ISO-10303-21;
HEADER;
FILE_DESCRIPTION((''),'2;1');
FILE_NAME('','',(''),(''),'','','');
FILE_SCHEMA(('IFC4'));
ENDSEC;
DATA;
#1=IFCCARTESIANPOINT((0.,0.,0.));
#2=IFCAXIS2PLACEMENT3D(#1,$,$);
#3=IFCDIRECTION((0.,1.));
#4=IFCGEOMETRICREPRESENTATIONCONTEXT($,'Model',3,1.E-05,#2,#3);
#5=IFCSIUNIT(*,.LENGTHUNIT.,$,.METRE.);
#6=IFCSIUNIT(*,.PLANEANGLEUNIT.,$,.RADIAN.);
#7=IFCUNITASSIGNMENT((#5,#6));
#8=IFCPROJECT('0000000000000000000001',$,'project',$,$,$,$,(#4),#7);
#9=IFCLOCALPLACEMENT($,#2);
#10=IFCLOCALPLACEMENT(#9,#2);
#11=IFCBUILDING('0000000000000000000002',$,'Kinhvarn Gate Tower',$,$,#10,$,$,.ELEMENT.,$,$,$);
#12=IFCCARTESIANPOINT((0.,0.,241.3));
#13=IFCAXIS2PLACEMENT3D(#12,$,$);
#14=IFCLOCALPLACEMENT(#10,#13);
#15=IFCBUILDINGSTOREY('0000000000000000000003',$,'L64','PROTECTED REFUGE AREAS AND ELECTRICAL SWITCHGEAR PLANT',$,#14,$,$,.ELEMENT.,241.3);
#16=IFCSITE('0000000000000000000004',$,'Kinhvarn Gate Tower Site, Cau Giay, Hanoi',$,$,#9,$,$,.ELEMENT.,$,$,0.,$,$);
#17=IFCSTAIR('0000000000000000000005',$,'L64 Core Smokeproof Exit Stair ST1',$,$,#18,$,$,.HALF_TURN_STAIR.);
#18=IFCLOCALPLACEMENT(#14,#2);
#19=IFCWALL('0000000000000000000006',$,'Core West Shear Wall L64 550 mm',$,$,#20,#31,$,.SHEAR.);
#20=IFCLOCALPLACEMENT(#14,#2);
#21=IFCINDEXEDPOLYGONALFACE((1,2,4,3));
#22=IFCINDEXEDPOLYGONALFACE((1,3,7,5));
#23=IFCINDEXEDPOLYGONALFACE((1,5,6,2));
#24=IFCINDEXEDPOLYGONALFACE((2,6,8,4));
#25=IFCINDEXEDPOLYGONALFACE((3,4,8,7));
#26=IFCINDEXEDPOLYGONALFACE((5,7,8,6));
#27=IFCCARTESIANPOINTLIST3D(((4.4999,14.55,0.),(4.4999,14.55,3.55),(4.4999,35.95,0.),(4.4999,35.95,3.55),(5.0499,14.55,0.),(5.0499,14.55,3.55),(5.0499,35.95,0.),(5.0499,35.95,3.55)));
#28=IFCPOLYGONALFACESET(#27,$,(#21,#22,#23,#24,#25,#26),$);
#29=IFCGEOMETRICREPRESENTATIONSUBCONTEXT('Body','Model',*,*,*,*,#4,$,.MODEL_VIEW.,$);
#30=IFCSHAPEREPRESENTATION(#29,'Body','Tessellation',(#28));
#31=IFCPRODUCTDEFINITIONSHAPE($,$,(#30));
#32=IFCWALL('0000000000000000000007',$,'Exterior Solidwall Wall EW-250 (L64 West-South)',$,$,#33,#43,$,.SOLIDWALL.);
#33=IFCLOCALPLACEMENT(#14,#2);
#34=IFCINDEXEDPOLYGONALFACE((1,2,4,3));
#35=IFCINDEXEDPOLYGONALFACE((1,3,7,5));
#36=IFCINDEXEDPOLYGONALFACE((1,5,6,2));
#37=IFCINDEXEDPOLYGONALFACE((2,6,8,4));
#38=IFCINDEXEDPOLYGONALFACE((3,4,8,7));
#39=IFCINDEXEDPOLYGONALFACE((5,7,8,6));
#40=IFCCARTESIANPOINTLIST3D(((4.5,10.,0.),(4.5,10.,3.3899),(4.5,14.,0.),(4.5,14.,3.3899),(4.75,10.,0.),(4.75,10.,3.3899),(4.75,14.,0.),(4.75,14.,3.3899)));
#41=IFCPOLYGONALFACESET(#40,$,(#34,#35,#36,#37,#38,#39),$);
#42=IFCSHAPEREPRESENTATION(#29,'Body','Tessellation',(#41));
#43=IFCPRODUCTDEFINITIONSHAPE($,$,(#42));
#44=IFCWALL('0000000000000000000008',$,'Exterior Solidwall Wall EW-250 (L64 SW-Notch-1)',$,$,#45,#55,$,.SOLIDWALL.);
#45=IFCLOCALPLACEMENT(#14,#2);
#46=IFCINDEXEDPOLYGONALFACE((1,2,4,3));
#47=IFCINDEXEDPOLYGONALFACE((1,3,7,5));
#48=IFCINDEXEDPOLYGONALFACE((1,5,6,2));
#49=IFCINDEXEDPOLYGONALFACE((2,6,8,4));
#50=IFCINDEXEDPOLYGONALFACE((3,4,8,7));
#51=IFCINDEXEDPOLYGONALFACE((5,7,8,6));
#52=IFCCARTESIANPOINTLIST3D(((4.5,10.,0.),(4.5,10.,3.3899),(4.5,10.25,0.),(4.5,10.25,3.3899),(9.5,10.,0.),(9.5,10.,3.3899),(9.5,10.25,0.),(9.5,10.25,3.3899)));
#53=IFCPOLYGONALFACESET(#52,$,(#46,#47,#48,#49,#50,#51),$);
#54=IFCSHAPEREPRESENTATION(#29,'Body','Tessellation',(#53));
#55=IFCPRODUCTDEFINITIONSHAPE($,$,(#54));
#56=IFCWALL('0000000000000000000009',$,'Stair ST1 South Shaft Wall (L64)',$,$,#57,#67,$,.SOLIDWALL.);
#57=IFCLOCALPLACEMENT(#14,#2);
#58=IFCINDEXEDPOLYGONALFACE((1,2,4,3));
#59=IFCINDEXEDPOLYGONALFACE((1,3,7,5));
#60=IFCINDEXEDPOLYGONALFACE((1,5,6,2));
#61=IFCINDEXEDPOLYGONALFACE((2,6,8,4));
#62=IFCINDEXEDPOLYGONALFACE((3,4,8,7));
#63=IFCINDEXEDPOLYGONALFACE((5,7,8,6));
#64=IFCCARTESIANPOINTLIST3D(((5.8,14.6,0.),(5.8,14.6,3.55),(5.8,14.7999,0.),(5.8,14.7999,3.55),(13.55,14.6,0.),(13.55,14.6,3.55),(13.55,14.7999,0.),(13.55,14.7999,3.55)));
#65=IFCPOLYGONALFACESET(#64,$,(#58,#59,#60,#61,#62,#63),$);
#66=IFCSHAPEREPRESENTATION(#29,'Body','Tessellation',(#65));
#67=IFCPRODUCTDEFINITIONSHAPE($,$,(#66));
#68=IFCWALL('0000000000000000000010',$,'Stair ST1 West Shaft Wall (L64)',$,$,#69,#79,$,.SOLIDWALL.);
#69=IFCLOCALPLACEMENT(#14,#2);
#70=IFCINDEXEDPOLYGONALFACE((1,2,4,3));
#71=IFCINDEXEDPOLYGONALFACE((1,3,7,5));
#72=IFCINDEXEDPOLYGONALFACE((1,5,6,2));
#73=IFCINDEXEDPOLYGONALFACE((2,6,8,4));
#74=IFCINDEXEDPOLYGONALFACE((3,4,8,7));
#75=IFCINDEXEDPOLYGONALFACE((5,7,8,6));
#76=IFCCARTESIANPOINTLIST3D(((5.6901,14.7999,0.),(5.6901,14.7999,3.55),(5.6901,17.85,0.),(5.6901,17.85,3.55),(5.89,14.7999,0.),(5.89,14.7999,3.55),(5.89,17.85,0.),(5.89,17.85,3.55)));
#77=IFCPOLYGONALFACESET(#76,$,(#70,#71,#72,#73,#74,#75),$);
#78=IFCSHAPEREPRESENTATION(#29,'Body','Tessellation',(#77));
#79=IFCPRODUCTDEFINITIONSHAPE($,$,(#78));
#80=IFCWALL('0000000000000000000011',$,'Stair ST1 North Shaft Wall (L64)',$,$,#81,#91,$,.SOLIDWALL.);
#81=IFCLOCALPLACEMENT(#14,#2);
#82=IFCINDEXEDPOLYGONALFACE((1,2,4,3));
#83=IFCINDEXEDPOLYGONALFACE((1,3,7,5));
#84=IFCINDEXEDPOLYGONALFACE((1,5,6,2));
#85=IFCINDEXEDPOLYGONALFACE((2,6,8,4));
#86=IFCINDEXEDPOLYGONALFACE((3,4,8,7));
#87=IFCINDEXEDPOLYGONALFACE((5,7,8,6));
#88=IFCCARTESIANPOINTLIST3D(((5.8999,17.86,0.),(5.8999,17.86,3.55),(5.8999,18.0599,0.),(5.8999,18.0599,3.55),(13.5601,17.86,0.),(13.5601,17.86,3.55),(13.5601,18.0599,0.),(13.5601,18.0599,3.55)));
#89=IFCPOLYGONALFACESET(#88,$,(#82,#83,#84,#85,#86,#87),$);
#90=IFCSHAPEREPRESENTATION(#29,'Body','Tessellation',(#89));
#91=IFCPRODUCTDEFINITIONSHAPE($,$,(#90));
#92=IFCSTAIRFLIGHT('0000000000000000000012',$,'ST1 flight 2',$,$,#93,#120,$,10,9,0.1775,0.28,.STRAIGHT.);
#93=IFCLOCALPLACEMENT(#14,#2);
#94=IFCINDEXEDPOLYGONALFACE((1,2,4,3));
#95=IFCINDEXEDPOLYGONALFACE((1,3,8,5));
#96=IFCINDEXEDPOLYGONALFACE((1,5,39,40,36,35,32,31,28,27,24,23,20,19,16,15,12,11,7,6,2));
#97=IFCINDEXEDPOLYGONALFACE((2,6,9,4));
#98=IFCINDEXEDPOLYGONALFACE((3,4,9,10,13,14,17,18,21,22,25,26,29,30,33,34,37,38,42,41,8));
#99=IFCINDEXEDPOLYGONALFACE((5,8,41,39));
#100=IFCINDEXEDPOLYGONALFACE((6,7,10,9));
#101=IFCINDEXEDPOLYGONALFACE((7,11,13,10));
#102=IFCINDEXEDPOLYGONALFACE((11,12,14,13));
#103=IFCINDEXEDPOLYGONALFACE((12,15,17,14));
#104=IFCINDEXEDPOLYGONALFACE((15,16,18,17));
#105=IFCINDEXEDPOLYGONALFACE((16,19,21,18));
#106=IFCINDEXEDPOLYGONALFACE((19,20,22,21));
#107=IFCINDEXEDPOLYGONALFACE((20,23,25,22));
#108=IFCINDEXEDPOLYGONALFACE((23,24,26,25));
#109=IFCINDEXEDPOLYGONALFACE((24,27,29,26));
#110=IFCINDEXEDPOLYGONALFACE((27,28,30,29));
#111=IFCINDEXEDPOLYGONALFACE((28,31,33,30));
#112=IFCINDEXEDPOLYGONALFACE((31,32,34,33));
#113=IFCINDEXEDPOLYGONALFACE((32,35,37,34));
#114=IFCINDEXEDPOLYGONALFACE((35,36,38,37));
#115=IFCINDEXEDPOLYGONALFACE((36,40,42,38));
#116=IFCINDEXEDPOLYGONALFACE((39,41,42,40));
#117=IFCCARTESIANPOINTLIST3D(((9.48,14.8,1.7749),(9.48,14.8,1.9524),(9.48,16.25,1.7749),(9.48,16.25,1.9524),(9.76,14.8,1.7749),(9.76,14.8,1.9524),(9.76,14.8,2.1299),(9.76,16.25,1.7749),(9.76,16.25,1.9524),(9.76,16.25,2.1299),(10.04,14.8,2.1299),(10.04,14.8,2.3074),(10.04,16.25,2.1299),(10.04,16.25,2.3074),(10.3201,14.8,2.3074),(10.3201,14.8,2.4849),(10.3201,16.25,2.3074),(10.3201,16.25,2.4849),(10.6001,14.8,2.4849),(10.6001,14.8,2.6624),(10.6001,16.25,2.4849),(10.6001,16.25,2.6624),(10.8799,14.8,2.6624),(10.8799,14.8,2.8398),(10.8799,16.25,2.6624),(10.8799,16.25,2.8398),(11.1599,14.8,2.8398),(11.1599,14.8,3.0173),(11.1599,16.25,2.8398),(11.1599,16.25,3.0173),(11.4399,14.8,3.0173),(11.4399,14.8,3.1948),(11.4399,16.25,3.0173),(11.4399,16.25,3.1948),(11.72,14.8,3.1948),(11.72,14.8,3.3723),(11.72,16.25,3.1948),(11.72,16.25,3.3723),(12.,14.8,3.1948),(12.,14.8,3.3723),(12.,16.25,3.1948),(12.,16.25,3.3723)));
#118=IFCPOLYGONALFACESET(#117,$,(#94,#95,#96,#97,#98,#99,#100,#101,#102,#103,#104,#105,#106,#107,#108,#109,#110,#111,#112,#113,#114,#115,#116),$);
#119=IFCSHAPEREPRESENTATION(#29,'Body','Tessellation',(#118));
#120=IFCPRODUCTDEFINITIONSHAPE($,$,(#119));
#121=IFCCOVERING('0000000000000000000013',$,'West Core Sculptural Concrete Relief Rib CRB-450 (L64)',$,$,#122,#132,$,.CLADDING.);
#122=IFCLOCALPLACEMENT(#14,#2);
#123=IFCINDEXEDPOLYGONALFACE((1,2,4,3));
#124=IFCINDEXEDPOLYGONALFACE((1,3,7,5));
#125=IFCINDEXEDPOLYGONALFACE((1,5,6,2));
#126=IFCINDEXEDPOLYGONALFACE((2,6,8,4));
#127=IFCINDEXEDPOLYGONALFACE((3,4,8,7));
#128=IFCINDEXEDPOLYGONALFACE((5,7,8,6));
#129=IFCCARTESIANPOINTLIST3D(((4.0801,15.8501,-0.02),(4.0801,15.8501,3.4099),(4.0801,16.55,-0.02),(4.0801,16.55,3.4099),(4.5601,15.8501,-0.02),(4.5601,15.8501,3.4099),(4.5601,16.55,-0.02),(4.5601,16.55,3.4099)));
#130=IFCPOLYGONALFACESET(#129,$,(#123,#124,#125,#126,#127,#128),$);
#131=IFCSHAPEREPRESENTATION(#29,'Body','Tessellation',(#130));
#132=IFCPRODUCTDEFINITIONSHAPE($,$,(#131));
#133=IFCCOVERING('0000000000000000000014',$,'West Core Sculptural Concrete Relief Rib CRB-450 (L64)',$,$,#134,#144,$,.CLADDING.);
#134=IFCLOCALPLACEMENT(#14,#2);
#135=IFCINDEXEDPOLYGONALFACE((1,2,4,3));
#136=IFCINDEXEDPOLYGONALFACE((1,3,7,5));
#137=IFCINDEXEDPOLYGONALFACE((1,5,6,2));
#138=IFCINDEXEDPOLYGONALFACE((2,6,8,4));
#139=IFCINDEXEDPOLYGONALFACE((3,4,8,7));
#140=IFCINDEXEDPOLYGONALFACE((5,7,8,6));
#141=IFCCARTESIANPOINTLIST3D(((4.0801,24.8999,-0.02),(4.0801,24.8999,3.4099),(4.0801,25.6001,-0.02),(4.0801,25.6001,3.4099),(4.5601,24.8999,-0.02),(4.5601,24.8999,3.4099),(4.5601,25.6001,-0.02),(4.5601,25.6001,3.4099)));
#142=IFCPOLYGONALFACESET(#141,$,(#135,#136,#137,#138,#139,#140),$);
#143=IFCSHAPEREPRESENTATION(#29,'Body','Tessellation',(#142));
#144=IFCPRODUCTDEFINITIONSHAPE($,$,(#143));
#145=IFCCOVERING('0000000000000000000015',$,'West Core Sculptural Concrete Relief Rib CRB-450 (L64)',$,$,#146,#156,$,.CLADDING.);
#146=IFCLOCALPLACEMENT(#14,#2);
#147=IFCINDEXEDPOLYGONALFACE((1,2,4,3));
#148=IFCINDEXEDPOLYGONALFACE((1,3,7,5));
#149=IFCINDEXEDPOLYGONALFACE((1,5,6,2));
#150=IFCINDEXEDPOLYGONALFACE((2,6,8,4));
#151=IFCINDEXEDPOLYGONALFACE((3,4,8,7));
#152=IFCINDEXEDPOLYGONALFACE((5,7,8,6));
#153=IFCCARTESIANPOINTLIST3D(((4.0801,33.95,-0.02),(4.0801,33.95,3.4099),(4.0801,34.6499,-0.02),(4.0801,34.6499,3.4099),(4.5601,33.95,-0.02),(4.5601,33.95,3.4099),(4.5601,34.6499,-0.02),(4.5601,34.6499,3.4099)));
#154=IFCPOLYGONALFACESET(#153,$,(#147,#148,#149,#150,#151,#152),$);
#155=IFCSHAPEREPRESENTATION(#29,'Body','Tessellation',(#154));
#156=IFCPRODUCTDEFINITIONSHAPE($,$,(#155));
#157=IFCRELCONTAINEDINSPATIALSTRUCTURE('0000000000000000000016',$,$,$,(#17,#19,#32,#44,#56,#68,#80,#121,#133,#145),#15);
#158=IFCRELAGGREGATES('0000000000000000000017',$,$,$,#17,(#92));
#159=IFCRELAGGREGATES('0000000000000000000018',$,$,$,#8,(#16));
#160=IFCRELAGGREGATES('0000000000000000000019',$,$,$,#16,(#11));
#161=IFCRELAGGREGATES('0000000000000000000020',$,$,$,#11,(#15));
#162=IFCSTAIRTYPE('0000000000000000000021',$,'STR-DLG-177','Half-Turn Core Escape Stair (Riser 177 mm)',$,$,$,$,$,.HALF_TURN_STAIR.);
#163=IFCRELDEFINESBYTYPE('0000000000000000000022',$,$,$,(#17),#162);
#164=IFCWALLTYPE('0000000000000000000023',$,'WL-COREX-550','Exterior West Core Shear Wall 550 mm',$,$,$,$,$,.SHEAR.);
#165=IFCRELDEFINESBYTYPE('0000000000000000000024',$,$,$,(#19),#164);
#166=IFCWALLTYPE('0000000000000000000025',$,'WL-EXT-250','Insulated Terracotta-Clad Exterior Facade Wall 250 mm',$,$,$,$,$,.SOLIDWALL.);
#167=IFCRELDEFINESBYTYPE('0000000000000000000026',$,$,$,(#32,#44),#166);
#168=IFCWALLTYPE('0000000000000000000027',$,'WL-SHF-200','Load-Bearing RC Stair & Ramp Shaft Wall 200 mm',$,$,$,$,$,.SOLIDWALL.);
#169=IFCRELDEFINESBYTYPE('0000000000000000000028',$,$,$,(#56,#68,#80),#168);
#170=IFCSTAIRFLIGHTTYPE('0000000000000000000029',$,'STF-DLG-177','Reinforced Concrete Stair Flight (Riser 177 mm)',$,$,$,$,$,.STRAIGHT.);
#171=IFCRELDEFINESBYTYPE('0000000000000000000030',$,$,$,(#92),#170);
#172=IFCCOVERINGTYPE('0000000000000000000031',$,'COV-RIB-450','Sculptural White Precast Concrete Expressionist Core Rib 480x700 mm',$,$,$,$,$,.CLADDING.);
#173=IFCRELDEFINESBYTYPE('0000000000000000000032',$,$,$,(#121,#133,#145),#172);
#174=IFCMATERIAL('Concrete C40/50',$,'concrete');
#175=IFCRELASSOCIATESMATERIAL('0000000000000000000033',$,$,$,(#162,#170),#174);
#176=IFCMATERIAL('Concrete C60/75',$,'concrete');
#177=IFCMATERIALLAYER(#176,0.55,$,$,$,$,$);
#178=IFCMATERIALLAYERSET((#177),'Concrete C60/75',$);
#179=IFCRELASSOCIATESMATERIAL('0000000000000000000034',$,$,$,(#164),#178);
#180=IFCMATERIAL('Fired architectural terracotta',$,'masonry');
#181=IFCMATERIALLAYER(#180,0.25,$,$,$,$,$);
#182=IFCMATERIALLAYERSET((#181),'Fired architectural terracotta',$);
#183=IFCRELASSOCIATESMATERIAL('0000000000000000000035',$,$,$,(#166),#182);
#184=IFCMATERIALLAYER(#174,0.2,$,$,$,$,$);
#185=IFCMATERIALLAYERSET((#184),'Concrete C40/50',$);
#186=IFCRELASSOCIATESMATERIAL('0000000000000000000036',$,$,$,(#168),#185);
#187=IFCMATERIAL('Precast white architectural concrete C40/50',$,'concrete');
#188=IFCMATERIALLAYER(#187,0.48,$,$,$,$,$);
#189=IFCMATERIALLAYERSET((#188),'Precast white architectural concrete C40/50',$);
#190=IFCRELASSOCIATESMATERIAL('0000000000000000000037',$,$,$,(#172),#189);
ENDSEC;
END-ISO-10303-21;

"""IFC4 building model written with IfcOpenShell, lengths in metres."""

from ifc_helpers import new_model, si_unit, direction, frame, frame_2d, origin, place, context, subcontext, project, spatial, polyline, rectangle, outline, extrude, material, layer, layer_set, type_object, element, aggregate, save


model = new_model("IFC4")

# Units and contexts
model_context = context("Model", 3, precision=1e-05, world=origin(), true_north=direction((0.0, 1.0)))
body_context = subcontext(model_context, "Body", "Model", "MODEL_VIEW")
ifc_project = project(units=[si_unit("LENGTHUNIT", "METRE"), si_unit("PLANEANGLEUNIT", "RADIAN")], contexts=[model_context])

# Site, building, storey
site_placement = place(None, origin())
site = spatial("IfcSite", under=ifc_project, at=site_placement, Name="Kinhvarn Gate Tower Site, Cau Giay, Hanoi", CompositionType="ELEMENT", RefElevation=0.0)
building_placement = place(site_placement, origin())
building = spatial("IfcBuilding", under=site, at=building_placement, Name="Kinhvarn Gate Tower", CompositionType="ELEMENT")
storey_placement = place(building_placement, frame((0.0, 0.0, 241.3)))
storey = spatial("IfcBuildingStorey", under=building, at=storey_placement, Name="L64", Description="PROTECTED REFUGE AREAS AND ELECTRICAL SWITCHGEAR PLANT", CompositionType="ELEMENT", Elevation=241.3)

# Shared definitions
ifc_material_1 = material(Name="Concrete C60/75", Category="concrete")

# Stair
ifc_material_2 = material(Name="Concrete C40/50", Category="concrete")
stair_type = type_object("IfcStairType", Name="STR-DLG-177", Description="Half-Turn Core Escape Stair (Riser 177 mm)", PredefinedType="HALF_TURN_STAIR", material=ifc_material_2)
stair_1_placement = place(storey_placement, origin())
stair_1 = element("IfcStair", 1, at=stair_1_placement, inside=storey, type_object=stair_type, Name="L64 Core Smokeproof Exit Stair ST1", PredefinedType="HALF_TURN_STAIR")

# Walls
ifc_layer_1 = layer(ifc_material_1, 0.55)
ifc_layer_set_1 = layer_set([ifc_layer_1], Name="Concrete C60/75")
wall_type_1 = type_object("IfcWallType", Name="WL-COREX-550", Description="Exterior West Core Shear Wall 550 mm", PredefinedType="SHEAR", material=ifc_layer_set_1)
wall_1_placement = place(storey_placement, frame((4.7749, 14.55, 0.0), z_axis=(0.0, 0.0, 1.0), x_axis=(0.0, 1.0, 0.0)))
element("IfcWall", 2, at=wall_1_placement, inside=storey, type_object=wall_type_1, Name="Core West Shear Wall L64 550 mm", PredefinedType="SHEAR", context=body_context, shape_type="SweptSolid", body=[
    extrude(rectangle(XDim=21.3999, YDim=0.55, at=frame_2d((10.7, 0.0))), origin(), (0.0, 0.0, 1.0), 3.55),
])
ifc_material_3 = material(Name="Fired architectural terracotta", Category="masonry")
ifc_layer_2 = layer(ifc_material_3, 0.25)
ifc_layer_set_2 = layer_set([ifc_layer_2], Name="Fired architectural terracotta")
wall_type_2 = type_object("IfcWallType", Name="WL-EXT-250", Description="Insulated Terracotta-Clad Exterior Facade Wall 250 mm", PredefinedType="SOLIDWALL", material=ifc_layer_set_2)
wall_2_placement = place(storey_placement, frame((4.625, 14.0, 0.0), z_axis=(0.0, 0.0, 1.0), x_axis=(0.0, -1.0, 0.0)))
element("IfcWall", 3, at=wall_2_placement, inside=storey, type_object=wall_type_2, Name="Exterior Solidwall Wall EW-250 (L64 West-South)", PredefinedType="SOLIDWALL", context=body_context, shape_type="SweptSolid", body=[
    extrude(rectangle(XDim=4.0, YDim=0.25, at=frame_2d((2.0, 0.0))), origin(), (0.0, 0.0, 1.0), 3.3899),
])
wall_3_placement = place(storey_placement, frame((4.5, 10.125, 0.0), z_axis=(0.0, 0.0, 1.0), x_axis=(1.0, 0.0, 0.0)))
element("IfcWall", 4, at=wall_3_placement, inside=storey, type_object=wall_type_2, Name="Exterior Solidwall Wall EW-250 (L64 SW-Notch-1)", PredefinedType="SOLIDWALL", context=body_context, shape_type="SweptSolid", body=[
    extrude(rectangle(XDim=5.0, YDim=0.25, at=frame_2d((2.5, 0.0))), origin(), (0.0, 0.0, 1.0), 3.3899),
])
ifc_layer_3 = layer(ifc_material_2, 0.2)
ifc_layer_set_3 = layer_set([ifc_layer_3], Name="Concrete C40/50")
wall_type_3 = type_object("IfcWallType", Name="WL-SHF-200", Description="Load-Bearing RC Stair & Ramp Shaft Wall 200 mm", PredefinedType="SOLIDWALL", material=ifc_layer_set_3)
wall_4_placement = place(storey_placement, frame((5.8, 14.7, 0.0), z_axis=(0.0, 0.0, 1.0), x_axis=(1.0, 0.0, 0.0)))
element("IfcWall", 5, at=wall_4_placement, inside=storey, type_object=wall_type_3, Name="Stair ST1 South Shaft Wall (L64)", PredefinedType="SOLIDWALL", context=body_context, shape_type="SweptSolid", body=[
    extrude(rectangle(XDim=7.75, YDim=0.2, at=frame_2d((3.875, 0.0))), origin(), (0.0, 0.0, 1.0), 3.55),
])
wall_5_placement = place(storey_placement, frame((5.79, 14.8, 0.0), z_axis=(0.0, 0.0, 1.0), x_axis=(0.0, 1.0, 0.0)))
element("IfcWall", 6, at=wall_5_placement, inside=storey, type_object=wall_type_3, Name="Stair ST1 West Shaft Wall (L64)", PredefinedType="SOLIDWALL", context=body_context, shape_type="SweptSolid", body=[
    extrude(rectangle(XDim=3.05, YDim=0.2, at=frame_2d((1.5249, 0.0))), origin(), (0.0, 0.0, 1.0), 3.55),
])
wall_6_placement = place(storey_placement, frame((5.8999, 17.96, 0.0), z_axis=(0.0, 0.0, 1.0), x_axis=(1.0, 0.0, 0.0)))
element("IfcWall", 7, at=wall_6_placement, inside=storey, type_object=wall_type_3, Name="Stair ST1 North Shaft Wall (L64)", PredefinedType="SOLIDWALL", context=body_context, shape_type="SweptSolid", body=[
    extrude(rectangle(XDim=7.6602, YDim=0.2, at=frame_2d((3.8301, 0.0))), origin(), (0.0, 0.0, 1.0), 3.55),
])

# Stair flight
stair_flight_type = type_object("IfcStairFlightType", Name="STF-DLG-177", Description="Reinforced Concrete Stair Flight (Riser 177 mm)", PredefinedType="STRAIGHT", material=ifc_material_2)
stair_flight_placement = place(storey_placement, frame((9.48, 15.5249, 1.7749), z_axis=(0.0, 0.0, 1.0), x_axis=(1.0, 0.0, 0.0)))
stair_flight = element("IfcStairFlight", 8, at=stair_flight_placement, type_object=stair_flight_type, Name="ST1 flight 2", NumberOfRisers=10, NumberOfTreads=9, PredefinedType="STRAIGHT", RiserHeight=0.1775, TreadLength=0.28, context=body_context, shape_type="SweptSolid", body=[
    extrude(outline(polyline([(0.0, 0.0), (0.0, 0.1775), (0.28, 0.1775), (0.28, 0.355), (0.5601, 0.355), (0.5601, 0.5325), (0.8401, 0.5325), (0.8401, 0.71), (1.1201, 0.71), (1.1201, 0.8875), (1.3999, 0.8875), (1.3999, 1.0649), (1.6799, 1.0649), (1.6799, 1.2424), (1.96, 1.2424), (1.96, 1.4199), (2.24, 1.4199), (2.24, 1.5974), (2.52, 1.5974), (2.52, 1.7749), (2.52, 1.4199), (0.28, 0.0), (0.0, 0.0)])), frame((0.0, 0.7251, 0.0), z_axis=(0.0, -1.0, 0.0), x_axis=(1.0, 0.0, 0.0)), (0.0, 0.0, 1.0), 1.45),
])
aggregate(stair_1, [stair_flight])

# Coverings
ifc_material_4 = material(Name="Precast white architectural concrete C40/50", Category="concrete")
ifc_layer_4 = layer(ifc_material_4, 0.48)
ifc_layer_set_4 = layer_set([ifc_layer_4], Name="Precast white architectural concrete C40/50")
covering_type = type_object("IfcCoveringType", Name="COV-RIB-450", Description="Sculptural White Precast Concrete Expressionist Core Rib 480x700 mm", PredefinedType="CLADDING", material=ifc_layer_set_4)
covering_1_placement = place(storey_placement, frame((0.0, 0.0, -0.02)))
element("IfcCovering", 9, at=covering_1_placement, inside=storey, type_object=covering_type, Name="West Core Sculptural Concrete Relief Rib CRB-450 (L64)", PredefinedType="CLADDING", context=body_context, shape_type="SweptSolid", body=[
    extrude(outline(polyline([(4.0801, 15.8501), (4.5601, 15.8501), (4.5601, 16.55), (4.0801, 16.55), (4.0801, 15.8501)])), origin(), (0.0, 0.0, 1.0), 3.4299),
])
covering_2_placement = place(storey_placement, frame((0.0, 0.0, -0.02)))
element("IfcCovering", 10, at=covering_2_placement, inside=storey, type_object=covering_type, Name="West Core Sculptural Concrete Relief Rib CRB-450 (L64)", PredefinedType="CLADDING", context=body_context, shape_type="SweptSolid", body=[
    extrude(outline(polyline([(4.0801, 24.8999), (4.5601, 24.8999), (4.5601, 25.6001), (4.0801, 25.6001), (4.0801, 24.8999)])), origin(), (0.0, 0.0, 1.0), 3.4299),
])
covering_3_placement = place(storey_placement, frame((0.0, 0.0, -0.02)))
element("IfcCovering", 11, at=covering_3_placement, inside=storey, type_object=covering_type, Name="West Core Sculptural Concrete Relief Rib CRB-450 (L64)", PredefinedType="CLADDING", context=body_context, shape_type="SweptSolid", body=[
    extrude(outline(polyline([(4.0801, 33.95), (4.5601, 33.95), (4.5601, 34.6499), (4.0801, 34.6499), (4.0801, 33.95)])), origin(), (0.0, 0.0, 1.0), 3.4299),
])

save(model, "model.ifc")
